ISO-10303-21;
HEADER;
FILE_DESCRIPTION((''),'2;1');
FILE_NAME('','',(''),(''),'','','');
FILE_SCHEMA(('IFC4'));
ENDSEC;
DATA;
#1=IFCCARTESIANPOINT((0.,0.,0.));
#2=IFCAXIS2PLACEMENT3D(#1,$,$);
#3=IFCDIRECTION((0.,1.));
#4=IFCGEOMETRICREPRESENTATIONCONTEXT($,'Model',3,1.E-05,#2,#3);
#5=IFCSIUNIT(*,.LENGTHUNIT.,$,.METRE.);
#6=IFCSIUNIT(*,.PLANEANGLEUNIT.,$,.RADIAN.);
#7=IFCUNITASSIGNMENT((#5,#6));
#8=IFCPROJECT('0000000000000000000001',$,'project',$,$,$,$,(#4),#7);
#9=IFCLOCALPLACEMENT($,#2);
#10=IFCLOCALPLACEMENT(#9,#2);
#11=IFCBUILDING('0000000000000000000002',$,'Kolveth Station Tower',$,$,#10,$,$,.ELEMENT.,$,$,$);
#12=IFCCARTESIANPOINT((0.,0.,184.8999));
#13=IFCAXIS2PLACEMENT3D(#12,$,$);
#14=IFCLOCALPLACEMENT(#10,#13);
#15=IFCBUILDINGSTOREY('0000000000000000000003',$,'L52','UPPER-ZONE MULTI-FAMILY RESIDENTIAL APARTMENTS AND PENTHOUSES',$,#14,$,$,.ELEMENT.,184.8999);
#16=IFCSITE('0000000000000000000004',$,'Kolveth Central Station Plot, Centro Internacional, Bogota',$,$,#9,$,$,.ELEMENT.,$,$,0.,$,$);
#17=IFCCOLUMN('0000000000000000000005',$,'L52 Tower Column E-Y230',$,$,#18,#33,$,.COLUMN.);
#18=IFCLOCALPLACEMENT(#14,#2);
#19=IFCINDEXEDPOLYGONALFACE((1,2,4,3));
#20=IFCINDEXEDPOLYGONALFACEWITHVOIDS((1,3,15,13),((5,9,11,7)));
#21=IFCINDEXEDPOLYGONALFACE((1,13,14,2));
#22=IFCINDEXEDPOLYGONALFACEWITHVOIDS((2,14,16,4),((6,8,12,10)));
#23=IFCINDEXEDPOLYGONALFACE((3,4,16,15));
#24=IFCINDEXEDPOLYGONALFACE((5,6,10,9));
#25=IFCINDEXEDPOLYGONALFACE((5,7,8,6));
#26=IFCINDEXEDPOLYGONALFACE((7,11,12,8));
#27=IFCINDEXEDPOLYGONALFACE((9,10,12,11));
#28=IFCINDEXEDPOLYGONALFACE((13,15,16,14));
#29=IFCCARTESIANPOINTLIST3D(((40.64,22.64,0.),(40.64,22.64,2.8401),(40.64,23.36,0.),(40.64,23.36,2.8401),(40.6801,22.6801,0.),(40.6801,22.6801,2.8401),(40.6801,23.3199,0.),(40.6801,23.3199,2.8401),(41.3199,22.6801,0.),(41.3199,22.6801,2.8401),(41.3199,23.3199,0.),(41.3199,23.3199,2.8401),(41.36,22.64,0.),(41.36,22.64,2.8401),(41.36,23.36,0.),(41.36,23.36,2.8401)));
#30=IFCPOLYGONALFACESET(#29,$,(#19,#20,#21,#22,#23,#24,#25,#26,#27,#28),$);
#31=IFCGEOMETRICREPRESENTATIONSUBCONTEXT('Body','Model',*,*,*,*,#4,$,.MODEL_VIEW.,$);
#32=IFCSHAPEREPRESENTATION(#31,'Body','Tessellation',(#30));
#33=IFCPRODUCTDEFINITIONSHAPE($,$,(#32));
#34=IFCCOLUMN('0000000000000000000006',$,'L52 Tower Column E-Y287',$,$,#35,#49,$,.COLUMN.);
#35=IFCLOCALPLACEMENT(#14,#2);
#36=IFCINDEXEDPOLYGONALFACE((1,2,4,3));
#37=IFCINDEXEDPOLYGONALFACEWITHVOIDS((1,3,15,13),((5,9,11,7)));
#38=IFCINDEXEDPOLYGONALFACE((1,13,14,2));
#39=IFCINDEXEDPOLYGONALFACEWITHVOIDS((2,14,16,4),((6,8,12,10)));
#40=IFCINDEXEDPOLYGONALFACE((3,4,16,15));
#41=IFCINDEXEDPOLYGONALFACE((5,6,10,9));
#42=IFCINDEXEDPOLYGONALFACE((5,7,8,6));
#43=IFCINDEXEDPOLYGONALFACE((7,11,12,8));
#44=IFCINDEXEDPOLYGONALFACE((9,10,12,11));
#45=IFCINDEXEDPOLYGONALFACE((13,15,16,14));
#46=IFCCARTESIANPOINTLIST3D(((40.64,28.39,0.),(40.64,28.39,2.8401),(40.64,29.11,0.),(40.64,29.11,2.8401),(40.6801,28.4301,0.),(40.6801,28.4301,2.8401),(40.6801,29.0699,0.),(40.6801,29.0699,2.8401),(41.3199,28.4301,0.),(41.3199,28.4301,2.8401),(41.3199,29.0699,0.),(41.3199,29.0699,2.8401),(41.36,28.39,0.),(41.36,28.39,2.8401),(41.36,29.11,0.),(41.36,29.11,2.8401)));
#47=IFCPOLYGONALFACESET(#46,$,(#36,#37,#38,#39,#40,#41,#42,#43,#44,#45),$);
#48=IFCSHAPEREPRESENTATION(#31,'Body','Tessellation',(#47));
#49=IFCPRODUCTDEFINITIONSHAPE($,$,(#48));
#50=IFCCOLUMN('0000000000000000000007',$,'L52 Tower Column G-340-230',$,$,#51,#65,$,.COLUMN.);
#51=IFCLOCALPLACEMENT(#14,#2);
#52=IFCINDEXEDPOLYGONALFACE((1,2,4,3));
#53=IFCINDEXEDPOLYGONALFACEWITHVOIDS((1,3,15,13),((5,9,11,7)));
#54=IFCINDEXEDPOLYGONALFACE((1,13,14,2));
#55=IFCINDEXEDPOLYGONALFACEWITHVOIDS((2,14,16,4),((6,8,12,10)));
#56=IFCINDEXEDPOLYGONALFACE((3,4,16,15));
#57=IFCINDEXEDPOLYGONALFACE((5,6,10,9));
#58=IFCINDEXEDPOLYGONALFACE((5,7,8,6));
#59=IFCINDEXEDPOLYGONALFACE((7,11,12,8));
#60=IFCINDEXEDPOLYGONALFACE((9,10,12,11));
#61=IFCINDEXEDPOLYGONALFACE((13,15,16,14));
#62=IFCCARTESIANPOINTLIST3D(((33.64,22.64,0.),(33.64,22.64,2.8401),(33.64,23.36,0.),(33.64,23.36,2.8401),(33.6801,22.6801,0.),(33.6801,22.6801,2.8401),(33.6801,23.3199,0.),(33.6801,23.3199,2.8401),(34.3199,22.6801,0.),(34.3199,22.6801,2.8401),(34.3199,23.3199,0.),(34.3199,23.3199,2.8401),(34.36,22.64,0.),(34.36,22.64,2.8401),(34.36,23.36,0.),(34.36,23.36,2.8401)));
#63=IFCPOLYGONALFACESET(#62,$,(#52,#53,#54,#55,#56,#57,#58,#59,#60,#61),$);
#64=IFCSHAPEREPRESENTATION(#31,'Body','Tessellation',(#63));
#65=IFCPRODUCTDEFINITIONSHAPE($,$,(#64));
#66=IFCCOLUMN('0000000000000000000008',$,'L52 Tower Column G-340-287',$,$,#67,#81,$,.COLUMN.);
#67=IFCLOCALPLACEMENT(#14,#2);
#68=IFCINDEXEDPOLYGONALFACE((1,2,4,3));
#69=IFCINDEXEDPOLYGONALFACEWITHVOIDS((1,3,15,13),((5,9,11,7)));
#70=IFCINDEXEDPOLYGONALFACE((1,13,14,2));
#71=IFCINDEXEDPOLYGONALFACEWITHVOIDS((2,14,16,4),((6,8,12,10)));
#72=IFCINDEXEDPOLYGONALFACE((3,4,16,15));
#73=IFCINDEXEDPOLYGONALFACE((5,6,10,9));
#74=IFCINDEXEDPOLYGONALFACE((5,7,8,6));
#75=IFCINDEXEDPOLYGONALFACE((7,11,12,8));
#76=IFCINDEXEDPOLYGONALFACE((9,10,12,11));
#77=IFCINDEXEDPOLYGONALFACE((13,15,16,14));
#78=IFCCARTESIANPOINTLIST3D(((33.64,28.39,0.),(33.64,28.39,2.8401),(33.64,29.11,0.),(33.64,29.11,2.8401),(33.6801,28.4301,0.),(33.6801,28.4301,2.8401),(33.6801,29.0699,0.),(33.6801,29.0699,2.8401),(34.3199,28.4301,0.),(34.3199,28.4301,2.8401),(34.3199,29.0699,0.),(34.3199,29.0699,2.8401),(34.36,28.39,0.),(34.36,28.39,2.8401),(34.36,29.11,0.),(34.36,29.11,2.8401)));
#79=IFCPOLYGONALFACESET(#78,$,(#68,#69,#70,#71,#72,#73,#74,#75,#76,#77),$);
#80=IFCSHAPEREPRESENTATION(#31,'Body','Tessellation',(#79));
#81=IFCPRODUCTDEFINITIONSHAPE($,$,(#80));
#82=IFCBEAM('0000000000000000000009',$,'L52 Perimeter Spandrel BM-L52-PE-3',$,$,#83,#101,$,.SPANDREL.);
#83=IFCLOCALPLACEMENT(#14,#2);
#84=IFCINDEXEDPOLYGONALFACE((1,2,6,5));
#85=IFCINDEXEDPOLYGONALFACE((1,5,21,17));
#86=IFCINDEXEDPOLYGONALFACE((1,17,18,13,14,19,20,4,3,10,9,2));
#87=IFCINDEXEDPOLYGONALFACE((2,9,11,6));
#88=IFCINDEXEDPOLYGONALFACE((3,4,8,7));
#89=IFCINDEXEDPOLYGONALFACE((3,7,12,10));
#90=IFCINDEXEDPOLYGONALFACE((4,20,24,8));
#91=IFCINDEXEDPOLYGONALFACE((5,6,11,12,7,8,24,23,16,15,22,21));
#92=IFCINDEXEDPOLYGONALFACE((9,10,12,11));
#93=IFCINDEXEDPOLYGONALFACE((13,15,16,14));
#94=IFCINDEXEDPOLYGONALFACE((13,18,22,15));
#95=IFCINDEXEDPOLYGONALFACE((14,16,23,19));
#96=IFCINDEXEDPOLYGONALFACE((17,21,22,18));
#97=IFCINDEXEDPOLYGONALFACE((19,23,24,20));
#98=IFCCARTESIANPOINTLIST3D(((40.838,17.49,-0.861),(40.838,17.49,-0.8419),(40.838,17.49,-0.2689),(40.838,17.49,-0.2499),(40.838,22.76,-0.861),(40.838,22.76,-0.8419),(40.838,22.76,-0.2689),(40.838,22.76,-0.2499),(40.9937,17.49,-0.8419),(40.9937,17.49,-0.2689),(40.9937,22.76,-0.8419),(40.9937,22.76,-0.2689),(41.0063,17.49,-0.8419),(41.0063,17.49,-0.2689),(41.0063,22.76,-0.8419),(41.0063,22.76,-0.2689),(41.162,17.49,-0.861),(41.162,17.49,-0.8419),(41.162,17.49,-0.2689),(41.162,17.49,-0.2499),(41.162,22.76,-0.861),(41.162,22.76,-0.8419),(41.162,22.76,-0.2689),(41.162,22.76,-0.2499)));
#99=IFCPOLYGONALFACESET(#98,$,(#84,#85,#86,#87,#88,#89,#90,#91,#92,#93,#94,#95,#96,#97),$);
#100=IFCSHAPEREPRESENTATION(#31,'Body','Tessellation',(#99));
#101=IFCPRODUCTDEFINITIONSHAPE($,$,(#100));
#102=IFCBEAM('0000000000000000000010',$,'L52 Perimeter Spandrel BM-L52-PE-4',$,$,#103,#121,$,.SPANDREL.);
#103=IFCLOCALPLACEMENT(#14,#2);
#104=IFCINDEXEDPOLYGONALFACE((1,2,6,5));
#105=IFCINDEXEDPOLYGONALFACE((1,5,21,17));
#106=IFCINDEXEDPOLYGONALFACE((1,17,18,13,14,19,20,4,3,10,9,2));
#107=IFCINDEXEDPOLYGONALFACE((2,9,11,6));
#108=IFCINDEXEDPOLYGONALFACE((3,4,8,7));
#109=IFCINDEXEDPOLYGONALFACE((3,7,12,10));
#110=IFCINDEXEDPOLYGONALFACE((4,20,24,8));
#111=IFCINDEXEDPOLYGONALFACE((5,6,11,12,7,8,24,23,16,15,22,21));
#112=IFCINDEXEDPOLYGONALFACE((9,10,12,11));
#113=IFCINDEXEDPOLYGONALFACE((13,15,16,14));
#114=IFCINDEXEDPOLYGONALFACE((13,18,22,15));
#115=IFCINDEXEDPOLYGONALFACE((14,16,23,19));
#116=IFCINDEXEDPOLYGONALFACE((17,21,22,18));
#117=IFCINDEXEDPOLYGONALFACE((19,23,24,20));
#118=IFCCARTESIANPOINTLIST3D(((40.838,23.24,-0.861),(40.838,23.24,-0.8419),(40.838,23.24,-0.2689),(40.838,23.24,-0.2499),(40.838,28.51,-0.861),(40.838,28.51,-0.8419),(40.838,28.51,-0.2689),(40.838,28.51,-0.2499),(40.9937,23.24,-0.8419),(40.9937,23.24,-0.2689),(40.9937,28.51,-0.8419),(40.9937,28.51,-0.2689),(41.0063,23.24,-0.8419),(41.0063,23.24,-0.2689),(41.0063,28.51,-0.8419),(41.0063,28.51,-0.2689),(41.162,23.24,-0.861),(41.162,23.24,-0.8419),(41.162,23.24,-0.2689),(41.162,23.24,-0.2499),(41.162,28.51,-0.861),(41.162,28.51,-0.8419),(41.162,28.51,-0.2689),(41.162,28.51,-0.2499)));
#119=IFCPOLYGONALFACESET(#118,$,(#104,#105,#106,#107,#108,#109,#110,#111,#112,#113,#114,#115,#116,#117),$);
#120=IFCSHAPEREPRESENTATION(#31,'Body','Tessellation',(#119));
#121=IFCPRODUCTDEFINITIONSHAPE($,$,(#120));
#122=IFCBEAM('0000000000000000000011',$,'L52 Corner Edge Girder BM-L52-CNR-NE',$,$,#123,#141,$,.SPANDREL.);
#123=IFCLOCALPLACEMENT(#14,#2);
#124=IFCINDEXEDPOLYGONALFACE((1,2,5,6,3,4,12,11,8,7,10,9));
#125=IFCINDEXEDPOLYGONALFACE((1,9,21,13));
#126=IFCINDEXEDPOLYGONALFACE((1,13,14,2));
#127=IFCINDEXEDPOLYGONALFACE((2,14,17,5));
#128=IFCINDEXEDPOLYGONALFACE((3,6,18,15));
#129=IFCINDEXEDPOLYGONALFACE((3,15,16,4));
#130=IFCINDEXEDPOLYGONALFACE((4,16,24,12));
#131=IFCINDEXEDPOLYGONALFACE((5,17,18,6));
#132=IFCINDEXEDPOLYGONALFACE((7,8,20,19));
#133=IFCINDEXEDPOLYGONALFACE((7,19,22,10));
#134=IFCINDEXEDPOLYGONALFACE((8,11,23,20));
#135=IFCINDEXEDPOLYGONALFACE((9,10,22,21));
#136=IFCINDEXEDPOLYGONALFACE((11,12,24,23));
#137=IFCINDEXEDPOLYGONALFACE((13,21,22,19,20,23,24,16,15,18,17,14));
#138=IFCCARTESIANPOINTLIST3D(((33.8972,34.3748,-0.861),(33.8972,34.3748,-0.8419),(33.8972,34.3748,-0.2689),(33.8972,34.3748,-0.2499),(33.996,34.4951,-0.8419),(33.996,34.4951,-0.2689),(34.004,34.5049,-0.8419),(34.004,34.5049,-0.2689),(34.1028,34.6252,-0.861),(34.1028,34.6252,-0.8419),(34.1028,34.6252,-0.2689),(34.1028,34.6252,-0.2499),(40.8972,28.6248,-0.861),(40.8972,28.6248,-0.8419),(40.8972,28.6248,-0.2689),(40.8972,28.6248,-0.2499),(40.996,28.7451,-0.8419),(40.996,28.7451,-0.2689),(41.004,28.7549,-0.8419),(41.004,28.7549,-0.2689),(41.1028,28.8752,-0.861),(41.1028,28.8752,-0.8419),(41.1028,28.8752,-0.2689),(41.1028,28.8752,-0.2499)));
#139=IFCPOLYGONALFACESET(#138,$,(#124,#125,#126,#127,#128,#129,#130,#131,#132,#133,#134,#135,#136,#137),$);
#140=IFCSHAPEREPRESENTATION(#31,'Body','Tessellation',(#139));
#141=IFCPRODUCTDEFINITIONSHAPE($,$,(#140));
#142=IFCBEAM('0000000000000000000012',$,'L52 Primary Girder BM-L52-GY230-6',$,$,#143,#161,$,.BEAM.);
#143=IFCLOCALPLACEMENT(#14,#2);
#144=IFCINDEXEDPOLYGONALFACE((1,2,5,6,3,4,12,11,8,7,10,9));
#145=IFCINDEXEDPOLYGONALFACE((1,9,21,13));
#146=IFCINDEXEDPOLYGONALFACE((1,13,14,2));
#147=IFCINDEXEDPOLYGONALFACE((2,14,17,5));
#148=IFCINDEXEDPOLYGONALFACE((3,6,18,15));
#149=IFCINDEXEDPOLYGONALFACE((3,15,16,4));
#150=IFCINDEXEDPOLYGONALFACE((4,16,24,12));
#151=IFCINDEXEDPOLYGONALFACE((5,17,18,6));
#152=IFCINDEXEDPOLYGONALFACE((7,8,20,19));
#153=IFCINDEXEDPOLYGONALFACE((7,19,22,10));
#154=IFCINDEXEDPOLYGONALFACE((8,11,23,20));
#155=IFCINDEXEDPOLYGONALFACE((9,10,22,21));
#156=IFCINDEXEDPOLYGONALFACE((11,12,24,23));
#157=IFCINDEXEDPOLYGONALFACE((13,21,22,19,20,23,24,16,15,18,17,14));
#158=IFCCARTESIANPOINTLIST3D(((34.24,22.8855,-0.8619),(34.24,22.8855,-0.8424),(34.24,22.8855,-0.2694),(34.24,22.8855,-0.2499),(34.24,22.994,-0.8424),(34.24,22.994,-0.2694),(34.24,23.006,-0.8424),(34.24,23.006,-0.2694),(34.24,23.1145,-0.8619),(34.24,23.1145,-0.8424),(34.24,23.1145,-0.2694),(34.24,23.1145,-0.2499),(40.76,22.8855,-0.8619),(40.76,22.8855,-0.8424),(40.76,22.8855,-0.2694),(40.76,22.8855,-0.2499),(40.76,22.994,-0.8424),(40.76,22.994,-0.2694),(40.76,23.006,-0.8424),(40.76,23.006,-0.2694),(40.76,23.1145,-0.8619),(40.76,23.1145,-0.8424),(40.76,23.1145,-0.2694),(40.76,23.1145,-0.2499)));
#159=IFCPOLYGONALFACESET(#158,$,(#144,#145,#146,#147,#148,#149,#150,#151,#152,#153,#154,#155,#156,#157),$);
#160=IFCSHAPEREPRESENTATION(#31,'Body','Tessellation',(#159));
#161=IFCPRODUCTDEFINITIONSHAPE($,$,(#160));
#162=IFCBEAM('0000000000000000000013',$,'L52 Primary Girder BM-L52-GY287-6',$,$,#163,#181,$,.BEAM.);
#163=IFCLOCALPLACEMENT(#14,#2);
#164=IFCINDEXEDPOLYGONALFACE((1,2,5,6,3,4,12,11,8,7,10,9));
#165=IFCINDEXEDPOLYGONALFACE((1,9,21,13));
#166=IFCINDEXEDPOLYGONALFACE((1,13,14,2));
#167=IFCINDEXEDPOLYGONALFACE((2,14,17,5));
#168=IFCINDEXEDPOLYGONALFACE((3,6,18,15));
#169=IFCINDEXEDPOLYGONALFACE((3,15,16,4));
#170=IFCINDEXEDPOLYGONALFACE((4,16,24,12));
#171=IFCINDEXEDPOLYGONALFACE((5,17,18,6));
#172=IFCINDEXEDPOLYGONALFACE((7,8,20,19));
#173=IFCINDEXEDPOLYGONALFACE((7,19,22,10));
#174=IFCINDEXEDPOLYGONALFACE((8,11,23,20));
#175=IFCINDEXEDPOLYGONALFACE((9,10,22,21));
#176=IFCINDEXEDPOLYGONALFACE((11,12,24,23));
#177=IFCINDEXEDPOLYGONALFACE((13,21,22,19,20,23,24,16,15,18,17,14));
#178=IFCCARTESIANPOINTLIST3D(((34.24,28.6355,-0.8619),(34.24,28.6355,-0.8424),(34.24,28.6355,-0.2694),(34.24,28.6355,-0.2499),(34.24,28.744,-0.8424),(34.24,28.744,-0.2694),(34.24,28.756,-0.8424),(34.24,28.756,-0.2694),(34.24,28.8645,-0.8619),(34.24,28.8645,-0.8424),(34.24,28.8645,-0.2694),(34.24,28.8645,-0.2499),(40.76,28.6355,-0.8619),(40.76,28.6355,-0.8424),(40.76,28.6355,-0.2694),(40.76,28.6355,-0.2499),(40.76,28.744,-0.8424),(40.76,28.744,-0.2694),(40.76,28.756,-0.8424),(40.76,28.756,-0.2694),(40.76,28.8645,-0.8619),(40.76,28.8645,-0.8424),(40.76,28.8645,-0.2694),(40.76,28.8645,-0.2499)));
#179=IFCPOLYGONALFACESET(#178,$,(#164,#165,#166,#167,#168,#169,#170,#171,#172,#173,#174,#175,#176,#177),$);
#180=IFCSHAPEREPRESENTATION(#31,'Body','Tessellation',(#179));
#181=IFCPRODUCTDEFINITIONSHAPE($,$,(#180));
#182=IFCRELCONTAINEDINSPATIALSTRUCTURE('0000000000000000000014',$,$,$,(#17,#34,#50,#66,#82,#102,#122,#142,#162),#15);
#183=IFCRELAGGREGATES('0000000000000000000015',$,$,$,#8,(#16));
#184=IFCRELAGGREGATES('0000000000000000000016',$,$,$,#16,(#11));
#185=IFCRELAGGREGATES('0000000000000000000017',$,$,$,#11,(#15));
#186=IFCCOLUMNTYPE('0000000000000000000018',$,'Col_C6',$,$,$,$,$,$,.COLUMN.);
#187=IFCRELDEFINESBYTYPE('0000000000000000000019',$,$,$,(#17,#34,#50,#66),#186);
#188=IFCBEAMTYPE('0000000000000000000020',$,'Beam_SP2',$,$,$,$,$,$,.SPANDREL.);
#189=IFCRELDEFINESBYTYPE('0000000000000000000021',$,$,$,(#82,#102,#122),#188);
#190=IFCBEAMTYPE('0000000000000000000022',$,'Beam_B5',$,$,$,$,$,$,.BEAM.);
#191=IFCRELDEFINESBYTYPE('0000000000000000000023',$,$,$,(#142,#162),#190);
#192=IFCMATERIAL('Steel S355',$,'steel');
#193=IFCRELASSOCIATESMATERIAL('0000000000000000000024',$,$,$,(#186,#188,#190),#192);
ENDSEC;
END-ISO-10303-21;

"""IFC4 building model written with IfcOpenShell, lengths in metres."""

from ifc_helpers import new_model, si_unit, direction, frame, origin, origin_2d, place, context, subcontext, project, spatial, hollow_rectangle, i_section, extrude, source, transform, mapped, material, material_profile, profile_set, type_object, element, save


model = new_model("IFC4")

# Units and contexts
model_context = context("Model", 3, precision=1e-05, world=origin(), true_north=direction((0.0, 1.0)))
body_context = subcontext(model_context, "Body", "Model", "MODEL_VIEW")
ifc_project = project(units=[si_unit("LENGTHUNIT", "METRE"), si_unit("PLANEANGLEUNIT", "RADIAN")], contexts=[model_context])

# Site, building, storey
site_placement = place(None, origin())
site = spatial("IfcSite", under=ifc_project, at=site_placement, Name="Kolveth Central Station Plot, Centro Internacional, Bogota", CompositionType="ELEMENT", RefElevation=0.0)
building_placement = place(site_placement, origin())
building = spatial("IfcBuilding", under=site, at=building_placement, Name="Kolveth Station Tower", CompositionType="ELEMENT")
storey_placement = place(building_placement, frame((0.0, 0.0, 184.8999)))
storey = spatial("IfcBuildingStorey", under=building, at=storey_placement, Name="L52", Description="UPPER-ZONE MULTI-FAMILY RESIDENTIAL APARTMENTS AND PENTHOUSES", CompositionType="ELEMENT", Elevation=184.8999)

# Columns
ifc_material_1 = material(Name="Steel S355", Category="steel")
ifc_material_profile_1 = material_profile(ifc_material_1, hollow_rectangle(XDim=0.72, YDim=0.72, WallThickness=0.04, at=origin_2d()), Name="BOX720x720x40")
ifc_profile_set_1 = profile_set([ifc_material_profile_1], Name="Steel S355")
column_type = type_object("IfcColumnType", Name="Col_C6", PredefinedType="COLUMN", material=ifc_profile_set_1)
shared_shape_1 = source(origin(), body_context, "Body", "SweptSolid", [
    extrude(hollow_rectangle(XDim=0.72, YDim=0.72, WallThickness=0.04, at=origin_2d()), origin(), (0.0, 0.0, 1.0), 2.8401),
])
for number, where, z_axis, x_axis, name in (
    (1, (41.0, 23.0, 0.0), (0.0, 0.0, 1.0), (1.0, 0.0, 0.0), "L52 Tower Column E-Y230"),
    (2, (41.0, 28.75, 0.0), (0.0, 0.0, 1.0), (1.0, 0.0, 0.0), "L52 Tower Column E-Y287"),
    (3, (34.0, 23.0, 0.0), (0.0, 0.0, 1.0), (1.0, 0.0, 0.0), "L52 Tower Column G-340-230"),
    (4, (34.0, 28.75, 0.0), (0.0, 0.0, 1.0), (1.0, 0.0, 0.0), "L52 Tower Column G-340-287"),
):
    element("IfcColumn", number, at=place(storey_placement, frame(where, z_axis=z_axis, x_axis=x_axis)), inside=storey, type_object=column_type, Name=name, PredefinedType="COLUMN", context=body_context, shape_type="MappedRepresentation", body=[
        mapped(shared_shape_1, transform((0.0, 0.0, 0.0), x_axis=(1.0, 0.0, 0.0), y_axis=(0.0, 1.0, 0.0), z_axis=(0.0, 0.0, 1.0), scale=1.0)),
    ])

# Beams
ifc_material_profile_2 = material_profile(ifc_material_1, i_section(OverallWidth=0.324, OverallDepth=0.6111, WebThickness=0.0127, FlangeThickness=0.019, at=origin_2d()), Name="W610x155")
ifc_profile_set_2 = profile_set([ifc_material_profile_2], Name="Steel S355")
beam_type_1 = type_object("IfcBeamType", Name="Beam_SP2", PredefinedType="SPANDREL", material=ifc_profile_set_2)
shared_shape_2 = source(origin(), body_context, "Body", "SweptSolid", [
    extrude(i_section(OverallWidth=0.324, OverallDepth=0.6111, WebThickness=0.0127, FlangeThickness=0.019, at=origin_2d()), origin(), (0.0, 0.0, 1.0), 5.27),
])
for number, where, z_axis, x_axis, name in (
    (5, (41.0, 17.49, -0.5554), (0.0, 1.0, 0.0), (-1.0, 0.0, 0.0), "L52 Perimeter Spandrel BM-L52-PE-3"),
    (6, (41.0, 23.24, -0.5554), (0.0, 1.0, 0.0), (-1.0, 0.0, 0.0), "L52 Perimeter Spandrel BM-L52-PE-4"),
):
    element("IfcBeam", number, at=place(storey_placement, frame(where, z_axis=z_axis, x_axis=x_axis)), inside=storey, type_object=beam_type_1, Name=name, PredefinedType="SPANDREL", context=body_context, shape_type="MappedRepresentation", body=[
        mapped(shared_shape_2, transform((0.0, 0.0, 0.0), x_axis=(1.0, 0.0, 0.0), y_axis=(0.0, 1.0, 0.0), z_axis=(0.0, 0.0, 1.0), scale=1.0)),
    ])
shared_shape_3 = source(origin(), body_context, "Body", "SweptSolid", [
    extrude(i_section(OverallWidth=0.324, OverallDepth=0.6111, WebThickness=0.0127, FlangeThickness=0.019, at=origin_2d()), origin(), (0.0, 0.0, 1.0), 9.0588),
])
beam_placement = place(storey_placement, frame((41.0, 28.75, -0.5554), z_axis=(-0.772726, 0.634739, 0.0), x_axis=(-0.634739, -0.772726, 0.0)))
element("IfcBeam", 7, at=beam_placement, inside=storey, type_object=beam_type_1, Name="L52 Corner Edge Girder BM-L52-CNR-NE", PredefinedType="SPANDREL", context=body_context, shape_type="MappedRepresentation", body=[
    mapped(shared_shape_3, transform((0.0, 0.0, 0.0), x_axis=(1.0, 0.0, 0.0), y_axis=(0.0, 1.0, 0.0), z_axis=(0.0, 0.0, 1.0), scale=1.0)),
])
ifc_material_profile_3 = material_profile(ifc_material_1, i_section(OverallWidth=0.229, OverallDepth=0.6121, WebThickness=0.012, FlangeThickness=0.0195, at=origin_2d()), Name="W610x125")
ifc_profile_set_3 = profile_set([ifc_material_profile_3], Name="Steel S355")
beam_type_2 = type_object("IfcBeamType", Name="Beam_B5", PredefinedType="BEAM", material=ifc_profile_set_3)
shared_shape_4 = source(origin(), body_context, "Body", "SweptSolid", [
    extrude(i_section(OverallWidth=0.229, OverallDepth=0.6121, WebThickness=0.012, FlangeThickness=0.0195, at=origin_2d()), origin(), (0.0, 0.0, 1.0), 6.52),
])
for number, where, z_axis, x_axis, name in (
    (8, (34.24, 23.0, -0.5559), (1.0, 0.0, 0.0), (0.0, 1.0, 0.0), "L52 Primary Girder BM-L52-GY230-6"),
    (9, (34.24, 28.75, -0.5559), (1.0, 0.0, 0.0), (0.0, 1.0, 0.0), "L52 Primary Girder BM-L52-GY287-6"),
):
    element("IfcBeam", number, at=place(storey_placement, frame(where, z_axis=z_axis, x_axis=x_axis)), inside=storey, type_object=beam_type_2, Name=name, PredefinedType="BEAM", context=body_context, shape_type="MappedRepresentation", body=[
        mapped(shared_shape_4, transform((0.0, 0.0, 0.0), x_axis=(1.0, 0.0, 0.0), y_axis=(0.0, 1.0, 0.0), z_axis=(0.0, 0.0, 1.0), scale=1.0)),
    ])

save(model, "model.ifc")
